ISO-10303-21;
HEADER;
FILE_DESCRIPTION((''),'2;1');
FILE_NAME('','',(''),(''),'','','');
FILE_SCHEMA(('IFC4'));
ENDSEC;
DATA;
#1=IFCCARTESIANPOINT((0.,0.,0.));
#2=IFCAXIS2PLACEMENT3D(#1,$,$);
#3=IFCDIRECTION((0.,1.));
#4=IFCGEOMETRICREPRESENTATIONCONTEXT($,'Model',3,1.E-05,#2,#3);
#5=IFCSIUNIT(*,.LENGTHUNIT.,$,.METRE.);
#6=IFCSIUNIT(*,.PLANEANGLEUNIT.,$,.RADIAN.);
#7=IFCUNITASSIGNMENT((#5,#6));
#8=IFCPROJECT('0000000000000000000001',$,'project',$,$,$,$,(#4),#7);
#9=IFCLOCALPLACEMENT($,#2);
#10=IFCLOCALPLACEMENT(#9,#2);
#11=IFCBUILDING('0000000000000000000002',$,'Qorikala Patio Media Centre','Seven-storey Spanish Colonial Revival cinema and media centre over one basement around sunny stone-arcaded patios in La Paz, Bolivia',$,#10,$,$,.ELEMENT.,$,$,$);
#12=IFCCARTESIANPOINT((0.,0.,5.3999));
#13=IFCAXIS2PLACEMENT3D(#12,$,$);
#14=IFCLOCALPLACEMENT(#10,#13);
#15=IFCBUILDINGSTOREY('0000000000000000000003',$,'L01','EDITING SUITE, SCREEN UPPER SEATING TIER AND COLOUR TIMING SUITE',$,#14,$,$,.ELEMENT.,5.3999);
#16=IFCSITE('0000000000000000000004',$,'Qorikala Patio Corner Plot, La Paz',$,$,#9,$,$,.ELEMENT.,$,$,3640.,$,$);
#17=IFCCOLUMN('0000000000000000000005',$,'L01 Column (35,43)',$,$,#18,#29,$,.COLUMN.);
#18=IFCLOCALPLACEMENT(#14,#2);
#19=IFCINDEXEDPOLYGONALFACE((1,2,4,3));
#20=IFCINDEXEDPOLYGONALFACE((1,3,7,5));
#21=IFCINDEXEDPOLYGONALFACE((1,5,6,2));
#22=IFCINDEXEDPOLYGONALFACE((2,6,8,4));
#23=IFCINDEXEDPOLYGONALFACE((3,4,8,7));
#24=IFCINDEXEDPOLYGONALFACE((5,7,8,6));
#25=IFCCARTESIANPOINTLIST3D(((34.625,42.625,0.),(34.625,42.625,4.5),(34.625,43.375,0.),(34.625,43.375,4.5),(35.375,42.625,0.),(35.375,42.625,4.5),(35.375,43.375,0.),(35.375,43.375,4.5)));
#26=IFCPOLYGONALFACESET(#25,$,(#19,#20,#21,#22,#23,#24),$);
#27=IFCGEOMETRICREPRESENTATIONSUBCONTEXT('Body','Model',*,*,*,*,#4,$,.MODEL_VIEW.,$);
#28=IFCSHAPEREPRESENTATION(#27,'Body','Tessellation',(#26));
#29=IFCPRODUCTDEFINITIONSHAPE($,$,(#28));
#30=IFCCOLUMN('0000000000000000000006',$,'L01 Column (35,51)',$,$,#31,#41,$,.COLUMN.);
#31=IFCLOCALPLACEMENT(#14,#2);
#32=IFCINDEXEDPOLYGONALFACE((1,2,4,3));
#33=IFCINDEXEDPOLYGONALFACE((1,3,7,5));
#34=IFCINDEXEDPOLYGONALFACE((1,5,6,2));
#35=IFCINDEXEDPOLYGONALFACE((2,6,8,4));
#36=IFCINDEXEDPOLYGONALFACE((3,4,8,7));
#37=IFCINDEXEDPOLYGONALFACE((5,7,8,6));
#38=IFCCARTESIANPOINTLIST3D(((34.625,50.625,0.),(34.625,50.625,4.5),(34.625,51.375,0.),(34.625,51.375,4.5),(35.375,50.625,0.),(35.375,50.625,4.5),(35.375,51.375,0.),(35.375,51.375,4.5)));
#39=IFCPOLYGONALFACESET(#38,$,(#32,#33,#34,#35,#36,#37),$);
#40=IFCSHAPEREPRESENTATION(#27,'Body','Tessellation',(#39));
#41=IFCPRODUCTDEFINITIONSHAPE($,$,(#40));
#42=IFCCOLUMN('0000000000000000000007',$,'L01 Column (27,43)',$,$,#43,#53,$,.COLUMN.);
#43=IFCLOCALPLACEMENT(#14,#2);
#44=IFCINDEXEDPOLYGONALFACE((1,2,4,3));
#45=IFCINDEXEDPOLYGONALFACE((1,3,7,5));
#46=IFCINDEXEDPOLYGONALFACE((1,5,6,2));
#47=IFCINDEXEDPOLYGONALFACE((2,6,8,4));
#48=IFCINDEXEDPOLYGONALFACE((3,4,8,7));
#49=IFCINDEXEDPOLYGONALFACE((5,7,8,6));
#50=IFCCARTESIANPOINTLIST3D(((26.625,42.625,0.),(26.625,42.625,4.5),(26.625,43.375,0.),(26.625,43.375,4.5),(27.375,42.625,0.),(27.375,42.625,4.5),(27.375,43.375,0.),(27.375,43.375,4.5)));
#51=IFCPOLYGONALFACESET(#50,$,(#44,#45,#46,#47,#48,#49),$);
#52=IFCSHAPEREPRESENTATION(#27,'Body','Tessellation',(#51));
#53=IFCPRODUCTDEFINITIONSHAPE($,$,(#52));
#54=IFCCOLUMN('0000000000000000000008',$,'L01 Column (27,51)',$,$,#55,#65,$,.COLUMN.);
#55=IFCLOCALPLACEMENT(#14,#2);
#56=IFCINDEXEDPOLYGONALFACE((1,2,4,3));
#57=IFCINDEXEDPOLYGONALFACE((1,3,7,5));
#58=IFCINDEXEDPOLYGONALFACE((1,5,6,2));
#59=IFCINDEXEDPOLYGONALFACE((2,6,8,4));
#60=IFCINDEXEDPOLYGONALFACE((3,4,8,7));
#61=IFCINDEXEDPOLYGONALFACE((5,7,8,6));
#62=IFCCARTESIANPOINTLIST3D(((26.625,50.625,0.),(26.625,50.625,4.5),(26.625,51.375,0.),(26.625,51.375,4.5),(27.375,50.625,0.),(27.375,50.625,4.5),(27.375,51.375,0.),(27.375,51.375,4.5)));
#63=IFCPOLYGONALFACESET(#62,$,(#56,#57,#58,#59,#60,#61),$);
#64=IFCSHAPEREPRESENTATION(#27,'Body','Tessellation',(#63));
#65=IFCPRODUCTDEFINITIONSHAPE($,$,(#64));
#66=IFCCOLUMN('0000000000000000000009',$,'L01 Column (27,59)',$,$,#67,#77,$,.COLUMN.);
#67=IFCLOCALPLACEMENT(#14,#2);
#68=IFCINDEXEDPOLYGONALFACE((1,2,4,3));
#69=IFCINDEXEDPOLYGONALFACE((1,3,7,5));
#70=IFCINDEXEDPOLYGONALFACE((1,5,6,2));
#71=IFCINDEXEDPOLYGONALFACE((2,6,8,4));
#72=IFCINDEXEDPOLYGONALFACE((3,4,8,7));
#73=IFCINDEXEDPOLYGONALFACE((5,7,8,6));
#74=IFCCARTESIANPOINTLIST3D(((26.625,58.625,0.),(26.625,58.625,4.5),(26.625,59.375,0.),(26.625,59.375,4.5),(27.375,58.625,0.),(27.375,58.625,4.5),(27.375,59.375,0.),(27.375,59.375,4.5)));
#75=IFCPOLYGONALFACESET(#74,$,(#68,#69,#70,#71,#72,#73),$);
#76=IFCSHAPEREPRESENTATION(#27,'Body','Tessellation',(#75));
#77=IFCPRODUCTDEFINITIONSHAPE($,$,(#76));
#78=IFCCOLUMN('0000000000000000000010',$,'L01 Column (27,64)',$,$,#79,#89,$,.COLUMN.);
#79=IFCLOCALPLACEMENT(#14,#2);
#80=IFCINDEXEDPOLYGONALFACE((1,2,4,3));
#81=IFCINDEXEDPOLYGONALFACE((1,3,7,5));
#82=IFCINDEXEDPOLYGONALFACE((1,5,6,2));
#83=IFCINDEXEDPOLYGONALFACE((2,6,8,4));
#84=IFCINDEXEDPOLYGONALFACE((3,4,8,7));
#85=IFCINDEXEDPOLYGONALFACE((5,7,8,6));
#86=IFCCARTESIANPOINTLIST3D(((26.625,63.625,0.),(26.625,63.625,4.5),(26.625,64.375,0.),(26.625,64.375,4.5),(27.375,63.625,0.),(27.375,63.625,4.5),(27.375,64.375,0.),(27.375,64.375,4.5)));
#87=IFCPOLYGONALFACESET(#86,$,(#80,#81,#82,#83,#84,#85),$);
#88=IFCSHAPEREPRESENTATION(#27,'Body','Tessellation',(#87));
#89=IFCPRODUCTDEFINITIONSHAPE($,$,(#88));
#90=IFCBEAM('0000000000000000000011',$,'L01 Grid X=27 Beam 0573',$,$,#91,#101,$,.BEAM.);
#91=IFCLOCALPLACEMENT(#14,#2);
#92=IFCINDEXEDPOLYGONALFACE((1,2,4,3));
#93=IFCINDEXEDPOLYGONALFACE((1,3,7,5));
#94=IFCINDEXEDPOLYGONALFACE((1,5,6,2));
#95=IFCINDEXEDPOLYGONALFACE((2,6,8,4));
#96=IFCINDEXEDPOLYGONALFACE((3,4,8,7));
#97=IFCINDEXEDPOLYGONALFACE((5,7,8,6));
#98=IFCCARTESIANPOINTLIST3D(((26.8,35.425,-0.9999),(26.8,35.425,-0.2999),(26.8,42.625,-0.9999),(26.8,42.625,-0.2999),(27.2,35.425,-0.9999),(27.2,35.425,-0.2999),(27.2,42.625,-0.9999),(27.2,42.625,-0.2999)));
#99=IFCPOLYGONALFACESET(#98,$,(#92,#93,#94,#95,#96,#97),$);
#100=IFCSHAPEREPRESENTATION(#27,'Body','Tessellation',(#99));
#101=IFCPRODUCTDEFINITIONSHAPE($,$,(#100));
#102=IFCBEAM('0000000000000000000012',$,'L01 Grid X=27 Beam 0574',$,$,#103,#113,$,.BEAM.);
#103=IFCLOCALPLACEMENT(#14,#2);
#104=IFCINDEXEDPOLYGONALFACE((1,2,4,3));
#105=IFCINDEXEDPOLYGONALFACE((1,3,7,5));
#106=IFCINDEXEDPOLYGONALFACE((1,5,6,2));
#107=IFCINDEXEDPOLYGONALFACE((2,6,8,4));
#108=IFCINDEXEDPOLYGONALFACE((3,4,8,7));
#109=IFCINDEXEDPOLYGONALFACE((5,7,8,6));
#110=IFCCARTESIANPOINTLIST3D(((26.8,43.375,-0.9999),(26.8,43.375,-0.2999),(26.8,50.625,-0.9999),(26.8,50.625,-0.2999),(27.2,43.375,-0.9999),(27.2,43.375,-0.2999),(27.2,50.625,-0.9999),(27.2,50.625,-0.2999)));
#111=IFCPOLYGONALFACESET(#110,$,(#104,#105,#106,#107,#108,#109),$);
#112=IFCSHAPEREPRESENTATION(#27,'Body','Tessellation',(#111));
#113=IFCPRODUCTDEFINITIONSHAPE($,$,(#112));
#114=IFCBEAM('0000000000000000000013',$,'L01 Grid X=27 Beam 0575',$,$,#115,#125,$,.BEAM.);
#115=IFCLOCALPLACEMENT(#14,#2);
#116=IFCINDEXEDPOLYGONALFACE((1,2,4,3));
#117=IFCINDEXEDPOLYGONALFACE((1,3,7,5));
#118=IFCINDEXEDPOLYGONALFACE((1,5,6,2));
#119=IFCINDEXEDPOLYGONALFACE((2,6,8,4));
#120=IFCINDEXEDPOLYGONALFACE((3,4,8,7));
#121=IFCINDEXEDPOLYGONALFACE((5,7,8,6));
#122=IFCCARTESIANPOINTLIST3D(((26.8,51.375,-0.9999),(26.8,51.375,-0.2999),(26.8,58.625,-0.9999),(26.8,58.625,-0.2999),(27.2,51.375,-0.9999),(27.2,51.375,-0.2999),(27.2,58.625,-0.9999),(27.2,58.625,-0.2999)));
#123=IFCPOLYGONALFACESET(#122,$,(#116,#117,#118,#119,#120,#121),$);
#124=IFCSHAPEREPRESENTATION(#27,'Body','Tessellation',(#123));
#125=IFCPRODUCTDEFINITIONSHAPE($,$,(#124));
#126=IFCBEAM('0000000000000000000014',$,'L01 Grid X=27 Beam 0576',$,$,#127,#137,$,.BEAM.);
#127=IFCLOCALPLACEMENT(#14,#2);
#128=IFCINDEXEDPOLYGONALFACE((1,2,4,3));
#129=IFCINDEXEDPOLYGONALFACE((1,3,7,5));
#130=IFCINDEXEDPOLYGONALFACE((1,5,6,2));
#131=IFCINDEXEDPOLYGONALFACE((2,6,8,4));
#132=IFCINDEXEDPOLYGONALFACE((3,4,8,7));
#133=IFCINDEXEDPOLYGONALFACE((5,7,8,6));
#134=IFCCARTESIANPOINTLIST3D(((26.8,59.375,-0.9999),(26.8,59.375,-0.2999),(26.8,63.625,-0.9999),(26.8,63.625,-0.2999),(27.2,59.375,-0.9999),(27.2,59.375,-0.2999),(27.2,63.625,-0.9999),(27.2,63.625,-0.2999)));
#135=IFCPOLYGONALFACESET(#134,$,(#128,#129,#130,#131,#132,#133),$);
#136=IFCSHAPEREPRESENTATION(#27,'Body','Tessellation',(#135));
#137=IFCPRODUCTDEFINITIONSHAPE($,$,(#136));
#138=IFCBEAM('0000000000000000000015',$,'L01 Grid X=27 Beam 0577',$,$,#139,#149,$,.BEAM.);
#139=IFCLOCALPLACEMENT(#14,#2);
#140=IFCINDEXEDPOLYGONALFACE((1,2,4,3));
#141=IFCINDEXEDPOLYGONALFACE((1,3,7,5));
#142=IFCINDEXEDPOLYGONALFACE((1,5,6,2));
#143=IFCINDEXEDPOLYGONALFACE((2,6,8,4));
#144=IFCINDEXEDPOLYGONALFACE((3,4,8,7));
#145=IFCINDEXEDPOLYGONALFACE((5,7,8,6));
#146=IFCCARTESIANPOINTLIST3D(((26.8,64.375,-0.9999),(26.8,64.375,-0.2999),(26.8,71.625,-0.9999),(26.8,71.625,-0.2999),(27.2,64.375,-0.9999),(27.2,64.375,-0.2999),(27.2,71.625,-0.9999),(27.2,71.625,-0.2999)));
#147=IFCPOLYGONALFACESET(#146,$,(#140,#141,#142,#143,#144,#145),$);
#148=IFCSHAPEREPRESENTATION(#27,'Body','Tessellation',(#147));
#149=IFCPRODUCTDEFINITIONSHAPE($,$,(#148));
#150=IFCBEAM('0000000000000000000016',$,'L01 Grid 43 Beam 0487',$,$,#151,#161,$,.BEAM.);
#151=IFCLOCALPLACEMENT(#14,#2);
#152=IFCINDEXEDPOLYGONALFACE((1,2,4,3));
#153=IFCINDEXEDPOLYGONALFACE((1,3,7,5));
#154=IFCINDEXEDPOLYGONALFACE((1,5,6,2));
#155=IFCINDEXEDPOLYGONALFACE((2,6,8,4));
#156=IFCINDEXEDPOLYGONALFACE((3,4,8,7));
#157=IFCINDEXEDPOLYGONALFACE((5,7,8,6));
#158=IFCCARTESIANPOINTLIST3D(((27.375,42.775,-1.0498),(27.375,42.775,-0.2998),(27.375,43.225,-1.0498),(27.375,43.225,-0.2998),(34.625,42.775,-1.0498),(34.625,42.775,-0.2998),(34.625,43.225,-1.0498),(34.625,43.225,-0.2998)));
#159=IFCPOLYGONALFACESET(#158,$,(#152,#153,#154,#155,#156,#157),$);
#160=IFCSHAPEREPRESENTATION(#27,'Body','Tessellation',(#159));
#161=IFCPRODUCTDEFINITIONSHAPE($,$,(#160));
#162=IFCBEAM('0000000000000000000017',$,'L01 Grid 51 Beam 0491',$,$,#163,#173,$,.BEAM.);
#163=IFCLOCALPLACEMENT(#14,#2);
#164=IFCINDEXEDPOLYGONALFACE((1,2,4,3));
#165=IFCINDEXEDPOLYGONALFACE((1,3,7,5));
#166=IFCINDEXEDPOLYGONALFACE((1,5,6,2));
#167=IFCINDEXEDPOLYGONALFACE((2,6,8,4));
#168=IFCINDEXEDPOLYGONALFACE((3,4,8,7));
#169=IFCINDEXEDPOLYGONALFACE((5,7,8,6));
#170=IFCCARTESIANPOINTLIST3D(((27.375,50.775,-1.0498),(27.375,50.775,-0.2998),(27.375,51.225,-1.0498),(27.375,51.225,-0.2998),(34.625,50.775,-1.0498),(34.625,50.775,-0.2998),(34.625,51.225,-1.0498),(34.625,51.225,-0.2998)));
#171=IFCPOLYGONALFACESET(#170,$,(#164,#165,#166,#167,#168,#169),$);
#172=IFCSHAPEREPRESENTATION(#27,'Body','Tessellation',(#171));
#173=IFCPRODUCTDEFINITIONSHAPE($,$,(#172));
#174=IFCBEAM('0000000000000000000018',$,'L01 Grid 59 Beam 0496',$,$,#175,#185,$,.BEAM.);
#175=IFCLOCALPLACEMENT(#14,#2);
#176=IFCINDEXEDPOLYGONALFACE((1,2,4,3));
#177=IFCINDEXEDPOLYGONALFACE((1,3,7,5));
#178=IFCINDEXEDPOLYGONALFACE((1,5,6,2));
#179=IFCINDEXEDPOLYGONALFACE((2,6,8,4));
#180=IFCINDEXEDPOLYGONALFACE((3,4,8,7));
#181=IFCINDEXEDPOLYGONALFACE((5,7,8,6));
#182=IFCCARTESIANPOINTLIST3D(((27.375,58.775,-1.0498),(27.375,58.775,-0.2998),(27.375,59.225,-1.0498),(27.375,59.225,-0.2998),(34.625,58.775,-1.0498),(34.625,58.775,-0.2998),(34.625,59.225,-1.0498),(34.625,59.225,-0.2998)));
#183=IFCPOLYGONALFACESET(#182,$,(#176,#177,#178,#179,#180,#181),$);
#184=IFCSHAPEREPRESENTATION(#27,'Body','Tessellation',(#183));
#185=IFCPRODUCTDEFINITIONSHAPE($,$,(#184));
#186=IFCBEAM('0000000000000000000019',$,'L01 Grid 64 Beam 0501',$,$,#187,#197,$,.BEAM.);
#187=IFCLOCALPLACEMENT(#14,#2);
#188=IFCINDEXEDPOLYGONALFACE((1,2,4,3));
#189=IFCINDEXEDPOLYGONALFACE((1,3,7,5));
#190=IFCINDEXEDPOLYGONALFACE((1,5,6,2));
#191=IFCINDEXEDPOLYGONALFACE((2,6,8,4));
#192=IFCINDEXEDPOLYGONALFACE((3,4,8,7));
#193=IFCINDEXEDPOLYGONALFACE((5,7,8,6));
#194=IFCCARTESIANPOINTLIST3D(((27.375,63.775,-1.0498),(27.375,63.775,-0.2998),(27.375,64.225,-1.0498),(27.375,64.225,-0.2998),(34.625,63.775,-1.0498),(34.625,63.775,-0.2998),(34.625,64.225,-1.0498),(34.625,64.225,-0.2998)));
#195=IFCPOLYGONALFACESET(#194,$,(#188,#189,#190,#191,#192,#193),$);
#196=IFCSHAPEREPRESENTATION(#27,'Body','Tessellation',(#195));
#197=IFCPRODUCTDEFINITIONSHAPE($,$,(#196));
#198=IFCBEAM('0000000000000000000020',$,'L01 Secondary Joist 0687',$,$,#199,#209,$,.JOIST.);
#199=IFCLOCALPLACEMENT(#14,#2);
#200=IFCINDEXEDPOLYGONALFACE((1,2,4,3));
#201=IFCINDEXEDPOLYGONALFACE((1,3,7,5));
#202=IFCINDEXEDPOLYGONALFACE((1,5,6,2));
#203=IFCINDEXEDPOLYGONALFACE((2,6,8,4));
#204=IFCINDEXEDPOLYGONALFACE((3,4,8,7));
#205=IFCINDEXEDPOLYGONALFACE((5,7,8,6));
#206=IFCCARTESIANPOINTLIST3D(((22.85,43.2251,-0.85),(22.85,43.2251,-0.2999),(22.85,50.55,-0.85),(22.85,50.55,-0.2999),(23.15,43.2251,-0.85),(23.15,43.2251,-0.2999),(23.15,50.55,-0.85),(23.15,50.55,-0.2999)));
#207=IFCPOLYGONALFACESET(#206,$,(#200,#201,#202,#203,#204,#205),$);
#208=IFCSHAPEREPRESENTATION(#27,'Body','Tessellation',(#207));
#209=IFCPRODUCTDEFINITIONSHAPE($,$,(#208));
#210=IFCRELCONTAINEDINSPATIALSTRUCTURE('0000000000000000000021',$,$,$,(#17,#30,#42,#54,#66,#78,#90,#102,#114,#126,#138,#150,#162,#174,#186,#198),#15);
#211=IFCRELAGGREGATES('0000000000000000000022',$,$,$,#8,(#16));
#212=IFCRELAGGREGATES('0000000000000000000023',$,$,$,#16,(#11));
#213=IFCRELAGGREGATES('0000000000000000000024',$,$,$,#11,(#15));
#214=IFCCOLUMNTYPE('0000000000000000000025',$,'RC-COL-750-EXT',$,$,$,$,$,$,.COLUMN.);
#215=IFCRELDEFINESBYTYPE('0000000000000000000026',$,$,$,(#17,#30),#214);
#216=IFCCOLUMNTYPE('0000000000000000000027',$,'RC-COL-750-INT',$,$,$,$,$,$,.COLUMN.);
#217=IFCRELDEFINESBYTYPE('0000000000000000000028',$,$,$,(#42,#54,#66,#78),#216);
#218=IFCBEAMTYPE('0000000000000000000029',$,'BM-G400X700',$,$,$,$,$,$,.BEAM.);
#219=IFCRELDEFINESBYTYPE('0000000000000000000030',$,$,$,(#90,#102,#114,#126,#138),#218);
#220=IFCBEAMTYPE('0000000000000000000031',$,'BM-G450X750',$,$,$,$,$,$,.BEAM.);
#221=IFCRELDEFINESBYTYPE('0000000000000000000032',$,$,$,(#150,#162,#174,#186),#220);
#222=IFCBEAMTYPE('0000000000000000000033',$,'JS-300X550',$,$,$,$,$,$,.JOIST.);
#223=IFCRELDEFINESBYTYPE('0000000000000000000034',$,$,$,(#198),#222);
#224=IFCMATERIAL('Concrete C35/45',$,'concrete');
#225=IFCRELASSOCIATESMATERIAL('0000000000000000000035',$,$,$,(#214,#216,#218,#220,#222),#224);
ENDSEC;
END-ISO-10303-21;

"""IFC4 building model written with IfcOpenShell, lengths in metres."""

from ifc_helpers import new_model, si_unit, direction, frame, origin, origin_2d, place, context, subcontext, project, spatial, rectangle, extrude, material, material_profile, profile_set, type_object, element, save


model = new_model("IFC4")

# Units and contexts
model_context = context("Model", 3, precision=1e-05, world=origin(), true_north=direction((0.0, 1.0)))
body_context = subcontext(model_context, "Body", "Model", "MODEL_VIEW")
ifc_project = project(units=[si_unit("LENGTHUNIT", "METRE"), si_unit("PLANEANGLEUNIT", "RADIAN")], contexts=[model_context])

# Site, building, storey
site_placement = place(None, origin())
site = spatial("IfcSite", under=ifc_project, at=site_placement, Name="Qorikala Patio Corner Plot, La Paz", CompositionType="ELEMENT", RefElevation=3640.0)
building_placement = place(site_placement, origin())
building = spatial("IfcBuilding", under=site, at=building_placement, Name="Qorikala Patio Media Centre", Description="Seven-storey Spanish Colonial Revival cinema and media centre over one basement around sunny stone-arcaded patios in La Paz, Bolivia", CompositionType="ELEMENT")
storey_placement = place(building_placement, frame((0.0, 0.0, 5.3999)))
storey = spatial("IfcBuildingStorey", under=building, at=storey_placement, Name="L01", Description="EDITING SUITE, SCREEN UPPER SEATING TIER AND COLOUR TIMING SUITE", CompositionType="ELEMENT", Elevation=5.3999)

# Columns
ifc_material_1 = material(Name="Concrete C35/45", Category="concrete")
ifc_material_profile_1 = material_profile(ifc_material_1, rectangle(XDim=0.75, YDim=0.75, at=origin_2d()), Name="RC 750x750")
ifc_profile_set_1 = profile_set([ifc_material_profile_1], Name="Concrete C35/45")
column_type_1 = type_object("IfcColumnType", Name="RC-COL-750-EXT", PredefinedType="COLUMN", material=ifc_profile_set_1)
for number, where, z_axis, x_axis, name in (
    (1, (35.0, 43.0, 0.0), (0.0, 0.0, 1.0), (1.0, 0.0, 0.0), "L01 Column (35,43)"),
    (2, (35.0, 51.0, 0.0), (0.0, 0.0, 1.0), (1.0, 0.0, 0.0), "L01 Column (35,51)"),
):
    element("IfcColumn", number, at=place(storey_placement, frame(where, z_axis=z_axis, x_axis=x_axis)), inside=storey, type_object=column_type_1, Name=name, PredefinedType="COLUMN", context=body_context, shape_type="SweptSolid", body=[
        extrude(rectangle(XDim=0.75, YDim=0.75, at=origin_2d()), origin(), (0.0, 0.0, 1.0), 4.5),
    ])
ifc_material_profile_2 = material_profile(ifc_material_1, rectangle(XDim=0.75, YDim=0.75, at=origin_2d()), Name="RC 750x750")
ifc_profile_set_2 = profile_set([ifc_material_profile_2], Name="Concrete C35/45")
column_type_2 = type_object("IfcColumnType", Name="RC-COL-750-INT", PredefinedType="COLUMN", material=ifc_profile_set_2)
for number, where, z_axis, x_axis, name in (
    (3, (27.0, 43.0, 0.0), (0.0, 0.0, 1.0), (1.0, 0.0, 0.0), "L01 Column (27,43)"),
    (4, (27.0, 51.0, 0.0), (0.0, 0.0, 1.0), (1.0, 0.0, 0.0), "L01 Column (27,51)"),
    (5, (27.0, 59.0, 0.0), (0.0, 0.0, 1.0), (1.0, 0.0, 0.0), "L01 Column (27,59)"),
    (6, (27.0, 64.0, 0.0), (0.0, 0.0, 1.0), (1.0, 0.0, 0.0), "L01 Column (27,64)"),
):
    element("IfcColumn", number, at=place(storey_placement, frame(where, z_axis=z_axis, x_axis=x_axis)), inside=storey, type_object=column_type_2, Name=name, PredefinedType="COLUMN", context=body_context, shape_type="SweptSolid", body=[
        extrude(rectangle(XDim=0.75, YDim=0.75, at=origin_2d()), origin(), (0.0, 0.0, 1.0), 4.5),
    ])

# Beams
ifc_material_profile_3 = material_profile(ifc_material_1, rectangle(XDim=0.3999, YDim=0.7, at=origin_2d()), Name="RC 400x700")
ifc_profile_set_3 = profile_set([ifc_material_profile_3], Name="Concrete C35/45")
beam_type_1 = type_object("IfcBeamType", Name="BM-G400X700", PredefinedType="BEAM", material=ifc_profile_set_3)
beam_1_placement = place(storey_placement, frame((27.0, 35.425, -0.6499), z_axis=(0.0, 1.0, 0.0), x_axis=(-1.0, 0.0, 0.0)))
element("IfcBeam", 7, at=beam_1_placement, inside=storey, type_object=beam_type_1, Name="L01 Grid X=27 Beam 0573", PredefinedType="BEAM", context=body_context, shape_type="SweptSolid", body=[
    extrude(rectangle(XDim=0.3999, YDim=0.7, at=origin_2d()), origin(), (0.0, 0.0, 1.0), 7.2),
])
for number, where, z_axis, x_axis, name in (
    (8, (27.0, 43.375, -0.6499), (0.0, 1.0, 0.0), (-1.0, 0.0, 0.0), "L01 Grid X=27 Beam 0574"),
    (9, (27.0, 51.375, -0.6499), (0.0, 1.0, 0.0), (-1.0, 0.0, 0.0), "L01 Grid X=27 Beam 0575"),
):
    element("IfcBeam", number, at=place(storey_placement, frame(where, z_axis=z_axis, x_axis=x_axis)), inside=storey, type_object=beam_type_1, Name=name, PredefinedType="BEAM", context=body_context, shape_type="SweptSolid", body=[
        extrude(rectangle(XDim=0.3999, YDim=0.7, at=origin_2d()), origin(), (0.0, 0.0, 1.0), 7.25),
    ])
beam_2_placement = place(storey_placement, frame((27.0, 59.375, -0.6499), z_axis=(0.0, 1.0, 0.0), x_axis=(-1.0, 0.0, 0.0)))
element("IfcBeam", 10, at=beam_2_placement, inside=storey, type_object=beam_type_1, Name="L01 Grid X=27 Beam 0576", PredefinedType="BEAM", context=body_context, shape_type="SweptSolid", body=[
    extrude(rectangle(XDim=0.3999, YDim=0.7, at=origin_2d()), origin(), (0.0, 0.0, 1.0), 4.25),
])
beam_3_placement = place(storey_placement, frame((27.0, 64.375, -0.6499), z_axis=(0.0, 1.0, 0.0), x_axis=(-1.0, 0.0, 0.0)))
element("IfcBeam", 11, at=beam_3_placement, inside=storey, type_object=beam_type_1, Name="L01 Grid X=27 Beam 0577", PredefinedType="BEAM", context=body_context, shape_type="SweptSolid", body=[
    extrude(rectangle(XDim=0.3999, YDim=0.7, at=origin_2d()), origin(), (0.0, 0.0, 1.0), 7.25),
])
ifc_material_profile_4 = material_profile(ifc_material_1, rectangle(XDim=0.45, YDim=0.75, at=origin_2d()), Name="RC 450x750")
ifc_profile_set_4 = profile_set([ifc_material_profile_4], Name="Concrete C35/45")
beam_type_2 = type_object("IfcBeamType", Name="BM-G450X750", PredefinedType="BEAM", material=ifc_profile_set_4)
for number, where, z_axis, x_axis, name in (
    (12, (27.375, 43.0, -0.6748), (1.0, 0.0, 0.0), (0.0, 1.0, 0.0), "L01 Grid 43 Beam 0487"),
    (13, (27.375, 51.0, -0.6748), (1.0, 0.0, 0.0), (0.0, 1.0, 0.0), "L01 Grid 51 Beam 0491"),
    (14, (27.375, 59.0, -0.6748), (1.0, 0.0, 0.0), (0.0, 1.0, 0.0), "L01 Grid 59 Beam 0496"),
    (15, (27.375, 64.0, -0.6748), (1.0, 0.0, 0.0), (0.0, 1.0, 0.0), "L01 Grid 64 Beam 0501"),
):
    element("IfcBeam", number, at=place(storey_placement, frame(where, z_axis=z_axis, x_axis=x_axis)), inside=storey, type_object=beam_type_2, Name=name, PredefinedType="BEAM", context=body_context, shape_type="SweptSolid", body=[
        extrude(rectangle(XDim=0.45, YDim=0.75, at=origin_2d()), origin(), (0.0, 0.0, 1.0), 7.25),
    ])
ifc_material_profile_5 = material_profile(ifc_material_1, rectangle(XDim=0.3, YDim=0.55, at=origin_2d()), Name="RC 300x550")
ifc_profile_set_5 = profile_set([ifc_material_profile_5], Name="Concrete C35/45")
beam_type_3 = type_object("IfcBeamType", Name="JS-300X550", PredefinedType="JOIST", material=ifc_profile_set_5)
for number, where, z_axis, x_axis, name in (
    (16, (23.0, 43.2251, -0.575), (0.0, 1.0, 0.0), (-1.0, 0.0, 0.0), "L01 Secondary Joist 0687"),
):
    element("IfcBeam", number, at=place(storey_placement, frame(where, z_axis=z_axis, x_axis=x_axis)), inside=storey, type_object=beam_type_3, Name=name, PredefinedType="JOIST", context=body_context, shape_type="SweptSolid", body=[
        extrude(rectangle(XDim=0.3, YDim=0.55, at=origin_2d()), origin(), (0.0, 0.0, 1.0), 7.325),
    ])

save(model, "model.ifc")
